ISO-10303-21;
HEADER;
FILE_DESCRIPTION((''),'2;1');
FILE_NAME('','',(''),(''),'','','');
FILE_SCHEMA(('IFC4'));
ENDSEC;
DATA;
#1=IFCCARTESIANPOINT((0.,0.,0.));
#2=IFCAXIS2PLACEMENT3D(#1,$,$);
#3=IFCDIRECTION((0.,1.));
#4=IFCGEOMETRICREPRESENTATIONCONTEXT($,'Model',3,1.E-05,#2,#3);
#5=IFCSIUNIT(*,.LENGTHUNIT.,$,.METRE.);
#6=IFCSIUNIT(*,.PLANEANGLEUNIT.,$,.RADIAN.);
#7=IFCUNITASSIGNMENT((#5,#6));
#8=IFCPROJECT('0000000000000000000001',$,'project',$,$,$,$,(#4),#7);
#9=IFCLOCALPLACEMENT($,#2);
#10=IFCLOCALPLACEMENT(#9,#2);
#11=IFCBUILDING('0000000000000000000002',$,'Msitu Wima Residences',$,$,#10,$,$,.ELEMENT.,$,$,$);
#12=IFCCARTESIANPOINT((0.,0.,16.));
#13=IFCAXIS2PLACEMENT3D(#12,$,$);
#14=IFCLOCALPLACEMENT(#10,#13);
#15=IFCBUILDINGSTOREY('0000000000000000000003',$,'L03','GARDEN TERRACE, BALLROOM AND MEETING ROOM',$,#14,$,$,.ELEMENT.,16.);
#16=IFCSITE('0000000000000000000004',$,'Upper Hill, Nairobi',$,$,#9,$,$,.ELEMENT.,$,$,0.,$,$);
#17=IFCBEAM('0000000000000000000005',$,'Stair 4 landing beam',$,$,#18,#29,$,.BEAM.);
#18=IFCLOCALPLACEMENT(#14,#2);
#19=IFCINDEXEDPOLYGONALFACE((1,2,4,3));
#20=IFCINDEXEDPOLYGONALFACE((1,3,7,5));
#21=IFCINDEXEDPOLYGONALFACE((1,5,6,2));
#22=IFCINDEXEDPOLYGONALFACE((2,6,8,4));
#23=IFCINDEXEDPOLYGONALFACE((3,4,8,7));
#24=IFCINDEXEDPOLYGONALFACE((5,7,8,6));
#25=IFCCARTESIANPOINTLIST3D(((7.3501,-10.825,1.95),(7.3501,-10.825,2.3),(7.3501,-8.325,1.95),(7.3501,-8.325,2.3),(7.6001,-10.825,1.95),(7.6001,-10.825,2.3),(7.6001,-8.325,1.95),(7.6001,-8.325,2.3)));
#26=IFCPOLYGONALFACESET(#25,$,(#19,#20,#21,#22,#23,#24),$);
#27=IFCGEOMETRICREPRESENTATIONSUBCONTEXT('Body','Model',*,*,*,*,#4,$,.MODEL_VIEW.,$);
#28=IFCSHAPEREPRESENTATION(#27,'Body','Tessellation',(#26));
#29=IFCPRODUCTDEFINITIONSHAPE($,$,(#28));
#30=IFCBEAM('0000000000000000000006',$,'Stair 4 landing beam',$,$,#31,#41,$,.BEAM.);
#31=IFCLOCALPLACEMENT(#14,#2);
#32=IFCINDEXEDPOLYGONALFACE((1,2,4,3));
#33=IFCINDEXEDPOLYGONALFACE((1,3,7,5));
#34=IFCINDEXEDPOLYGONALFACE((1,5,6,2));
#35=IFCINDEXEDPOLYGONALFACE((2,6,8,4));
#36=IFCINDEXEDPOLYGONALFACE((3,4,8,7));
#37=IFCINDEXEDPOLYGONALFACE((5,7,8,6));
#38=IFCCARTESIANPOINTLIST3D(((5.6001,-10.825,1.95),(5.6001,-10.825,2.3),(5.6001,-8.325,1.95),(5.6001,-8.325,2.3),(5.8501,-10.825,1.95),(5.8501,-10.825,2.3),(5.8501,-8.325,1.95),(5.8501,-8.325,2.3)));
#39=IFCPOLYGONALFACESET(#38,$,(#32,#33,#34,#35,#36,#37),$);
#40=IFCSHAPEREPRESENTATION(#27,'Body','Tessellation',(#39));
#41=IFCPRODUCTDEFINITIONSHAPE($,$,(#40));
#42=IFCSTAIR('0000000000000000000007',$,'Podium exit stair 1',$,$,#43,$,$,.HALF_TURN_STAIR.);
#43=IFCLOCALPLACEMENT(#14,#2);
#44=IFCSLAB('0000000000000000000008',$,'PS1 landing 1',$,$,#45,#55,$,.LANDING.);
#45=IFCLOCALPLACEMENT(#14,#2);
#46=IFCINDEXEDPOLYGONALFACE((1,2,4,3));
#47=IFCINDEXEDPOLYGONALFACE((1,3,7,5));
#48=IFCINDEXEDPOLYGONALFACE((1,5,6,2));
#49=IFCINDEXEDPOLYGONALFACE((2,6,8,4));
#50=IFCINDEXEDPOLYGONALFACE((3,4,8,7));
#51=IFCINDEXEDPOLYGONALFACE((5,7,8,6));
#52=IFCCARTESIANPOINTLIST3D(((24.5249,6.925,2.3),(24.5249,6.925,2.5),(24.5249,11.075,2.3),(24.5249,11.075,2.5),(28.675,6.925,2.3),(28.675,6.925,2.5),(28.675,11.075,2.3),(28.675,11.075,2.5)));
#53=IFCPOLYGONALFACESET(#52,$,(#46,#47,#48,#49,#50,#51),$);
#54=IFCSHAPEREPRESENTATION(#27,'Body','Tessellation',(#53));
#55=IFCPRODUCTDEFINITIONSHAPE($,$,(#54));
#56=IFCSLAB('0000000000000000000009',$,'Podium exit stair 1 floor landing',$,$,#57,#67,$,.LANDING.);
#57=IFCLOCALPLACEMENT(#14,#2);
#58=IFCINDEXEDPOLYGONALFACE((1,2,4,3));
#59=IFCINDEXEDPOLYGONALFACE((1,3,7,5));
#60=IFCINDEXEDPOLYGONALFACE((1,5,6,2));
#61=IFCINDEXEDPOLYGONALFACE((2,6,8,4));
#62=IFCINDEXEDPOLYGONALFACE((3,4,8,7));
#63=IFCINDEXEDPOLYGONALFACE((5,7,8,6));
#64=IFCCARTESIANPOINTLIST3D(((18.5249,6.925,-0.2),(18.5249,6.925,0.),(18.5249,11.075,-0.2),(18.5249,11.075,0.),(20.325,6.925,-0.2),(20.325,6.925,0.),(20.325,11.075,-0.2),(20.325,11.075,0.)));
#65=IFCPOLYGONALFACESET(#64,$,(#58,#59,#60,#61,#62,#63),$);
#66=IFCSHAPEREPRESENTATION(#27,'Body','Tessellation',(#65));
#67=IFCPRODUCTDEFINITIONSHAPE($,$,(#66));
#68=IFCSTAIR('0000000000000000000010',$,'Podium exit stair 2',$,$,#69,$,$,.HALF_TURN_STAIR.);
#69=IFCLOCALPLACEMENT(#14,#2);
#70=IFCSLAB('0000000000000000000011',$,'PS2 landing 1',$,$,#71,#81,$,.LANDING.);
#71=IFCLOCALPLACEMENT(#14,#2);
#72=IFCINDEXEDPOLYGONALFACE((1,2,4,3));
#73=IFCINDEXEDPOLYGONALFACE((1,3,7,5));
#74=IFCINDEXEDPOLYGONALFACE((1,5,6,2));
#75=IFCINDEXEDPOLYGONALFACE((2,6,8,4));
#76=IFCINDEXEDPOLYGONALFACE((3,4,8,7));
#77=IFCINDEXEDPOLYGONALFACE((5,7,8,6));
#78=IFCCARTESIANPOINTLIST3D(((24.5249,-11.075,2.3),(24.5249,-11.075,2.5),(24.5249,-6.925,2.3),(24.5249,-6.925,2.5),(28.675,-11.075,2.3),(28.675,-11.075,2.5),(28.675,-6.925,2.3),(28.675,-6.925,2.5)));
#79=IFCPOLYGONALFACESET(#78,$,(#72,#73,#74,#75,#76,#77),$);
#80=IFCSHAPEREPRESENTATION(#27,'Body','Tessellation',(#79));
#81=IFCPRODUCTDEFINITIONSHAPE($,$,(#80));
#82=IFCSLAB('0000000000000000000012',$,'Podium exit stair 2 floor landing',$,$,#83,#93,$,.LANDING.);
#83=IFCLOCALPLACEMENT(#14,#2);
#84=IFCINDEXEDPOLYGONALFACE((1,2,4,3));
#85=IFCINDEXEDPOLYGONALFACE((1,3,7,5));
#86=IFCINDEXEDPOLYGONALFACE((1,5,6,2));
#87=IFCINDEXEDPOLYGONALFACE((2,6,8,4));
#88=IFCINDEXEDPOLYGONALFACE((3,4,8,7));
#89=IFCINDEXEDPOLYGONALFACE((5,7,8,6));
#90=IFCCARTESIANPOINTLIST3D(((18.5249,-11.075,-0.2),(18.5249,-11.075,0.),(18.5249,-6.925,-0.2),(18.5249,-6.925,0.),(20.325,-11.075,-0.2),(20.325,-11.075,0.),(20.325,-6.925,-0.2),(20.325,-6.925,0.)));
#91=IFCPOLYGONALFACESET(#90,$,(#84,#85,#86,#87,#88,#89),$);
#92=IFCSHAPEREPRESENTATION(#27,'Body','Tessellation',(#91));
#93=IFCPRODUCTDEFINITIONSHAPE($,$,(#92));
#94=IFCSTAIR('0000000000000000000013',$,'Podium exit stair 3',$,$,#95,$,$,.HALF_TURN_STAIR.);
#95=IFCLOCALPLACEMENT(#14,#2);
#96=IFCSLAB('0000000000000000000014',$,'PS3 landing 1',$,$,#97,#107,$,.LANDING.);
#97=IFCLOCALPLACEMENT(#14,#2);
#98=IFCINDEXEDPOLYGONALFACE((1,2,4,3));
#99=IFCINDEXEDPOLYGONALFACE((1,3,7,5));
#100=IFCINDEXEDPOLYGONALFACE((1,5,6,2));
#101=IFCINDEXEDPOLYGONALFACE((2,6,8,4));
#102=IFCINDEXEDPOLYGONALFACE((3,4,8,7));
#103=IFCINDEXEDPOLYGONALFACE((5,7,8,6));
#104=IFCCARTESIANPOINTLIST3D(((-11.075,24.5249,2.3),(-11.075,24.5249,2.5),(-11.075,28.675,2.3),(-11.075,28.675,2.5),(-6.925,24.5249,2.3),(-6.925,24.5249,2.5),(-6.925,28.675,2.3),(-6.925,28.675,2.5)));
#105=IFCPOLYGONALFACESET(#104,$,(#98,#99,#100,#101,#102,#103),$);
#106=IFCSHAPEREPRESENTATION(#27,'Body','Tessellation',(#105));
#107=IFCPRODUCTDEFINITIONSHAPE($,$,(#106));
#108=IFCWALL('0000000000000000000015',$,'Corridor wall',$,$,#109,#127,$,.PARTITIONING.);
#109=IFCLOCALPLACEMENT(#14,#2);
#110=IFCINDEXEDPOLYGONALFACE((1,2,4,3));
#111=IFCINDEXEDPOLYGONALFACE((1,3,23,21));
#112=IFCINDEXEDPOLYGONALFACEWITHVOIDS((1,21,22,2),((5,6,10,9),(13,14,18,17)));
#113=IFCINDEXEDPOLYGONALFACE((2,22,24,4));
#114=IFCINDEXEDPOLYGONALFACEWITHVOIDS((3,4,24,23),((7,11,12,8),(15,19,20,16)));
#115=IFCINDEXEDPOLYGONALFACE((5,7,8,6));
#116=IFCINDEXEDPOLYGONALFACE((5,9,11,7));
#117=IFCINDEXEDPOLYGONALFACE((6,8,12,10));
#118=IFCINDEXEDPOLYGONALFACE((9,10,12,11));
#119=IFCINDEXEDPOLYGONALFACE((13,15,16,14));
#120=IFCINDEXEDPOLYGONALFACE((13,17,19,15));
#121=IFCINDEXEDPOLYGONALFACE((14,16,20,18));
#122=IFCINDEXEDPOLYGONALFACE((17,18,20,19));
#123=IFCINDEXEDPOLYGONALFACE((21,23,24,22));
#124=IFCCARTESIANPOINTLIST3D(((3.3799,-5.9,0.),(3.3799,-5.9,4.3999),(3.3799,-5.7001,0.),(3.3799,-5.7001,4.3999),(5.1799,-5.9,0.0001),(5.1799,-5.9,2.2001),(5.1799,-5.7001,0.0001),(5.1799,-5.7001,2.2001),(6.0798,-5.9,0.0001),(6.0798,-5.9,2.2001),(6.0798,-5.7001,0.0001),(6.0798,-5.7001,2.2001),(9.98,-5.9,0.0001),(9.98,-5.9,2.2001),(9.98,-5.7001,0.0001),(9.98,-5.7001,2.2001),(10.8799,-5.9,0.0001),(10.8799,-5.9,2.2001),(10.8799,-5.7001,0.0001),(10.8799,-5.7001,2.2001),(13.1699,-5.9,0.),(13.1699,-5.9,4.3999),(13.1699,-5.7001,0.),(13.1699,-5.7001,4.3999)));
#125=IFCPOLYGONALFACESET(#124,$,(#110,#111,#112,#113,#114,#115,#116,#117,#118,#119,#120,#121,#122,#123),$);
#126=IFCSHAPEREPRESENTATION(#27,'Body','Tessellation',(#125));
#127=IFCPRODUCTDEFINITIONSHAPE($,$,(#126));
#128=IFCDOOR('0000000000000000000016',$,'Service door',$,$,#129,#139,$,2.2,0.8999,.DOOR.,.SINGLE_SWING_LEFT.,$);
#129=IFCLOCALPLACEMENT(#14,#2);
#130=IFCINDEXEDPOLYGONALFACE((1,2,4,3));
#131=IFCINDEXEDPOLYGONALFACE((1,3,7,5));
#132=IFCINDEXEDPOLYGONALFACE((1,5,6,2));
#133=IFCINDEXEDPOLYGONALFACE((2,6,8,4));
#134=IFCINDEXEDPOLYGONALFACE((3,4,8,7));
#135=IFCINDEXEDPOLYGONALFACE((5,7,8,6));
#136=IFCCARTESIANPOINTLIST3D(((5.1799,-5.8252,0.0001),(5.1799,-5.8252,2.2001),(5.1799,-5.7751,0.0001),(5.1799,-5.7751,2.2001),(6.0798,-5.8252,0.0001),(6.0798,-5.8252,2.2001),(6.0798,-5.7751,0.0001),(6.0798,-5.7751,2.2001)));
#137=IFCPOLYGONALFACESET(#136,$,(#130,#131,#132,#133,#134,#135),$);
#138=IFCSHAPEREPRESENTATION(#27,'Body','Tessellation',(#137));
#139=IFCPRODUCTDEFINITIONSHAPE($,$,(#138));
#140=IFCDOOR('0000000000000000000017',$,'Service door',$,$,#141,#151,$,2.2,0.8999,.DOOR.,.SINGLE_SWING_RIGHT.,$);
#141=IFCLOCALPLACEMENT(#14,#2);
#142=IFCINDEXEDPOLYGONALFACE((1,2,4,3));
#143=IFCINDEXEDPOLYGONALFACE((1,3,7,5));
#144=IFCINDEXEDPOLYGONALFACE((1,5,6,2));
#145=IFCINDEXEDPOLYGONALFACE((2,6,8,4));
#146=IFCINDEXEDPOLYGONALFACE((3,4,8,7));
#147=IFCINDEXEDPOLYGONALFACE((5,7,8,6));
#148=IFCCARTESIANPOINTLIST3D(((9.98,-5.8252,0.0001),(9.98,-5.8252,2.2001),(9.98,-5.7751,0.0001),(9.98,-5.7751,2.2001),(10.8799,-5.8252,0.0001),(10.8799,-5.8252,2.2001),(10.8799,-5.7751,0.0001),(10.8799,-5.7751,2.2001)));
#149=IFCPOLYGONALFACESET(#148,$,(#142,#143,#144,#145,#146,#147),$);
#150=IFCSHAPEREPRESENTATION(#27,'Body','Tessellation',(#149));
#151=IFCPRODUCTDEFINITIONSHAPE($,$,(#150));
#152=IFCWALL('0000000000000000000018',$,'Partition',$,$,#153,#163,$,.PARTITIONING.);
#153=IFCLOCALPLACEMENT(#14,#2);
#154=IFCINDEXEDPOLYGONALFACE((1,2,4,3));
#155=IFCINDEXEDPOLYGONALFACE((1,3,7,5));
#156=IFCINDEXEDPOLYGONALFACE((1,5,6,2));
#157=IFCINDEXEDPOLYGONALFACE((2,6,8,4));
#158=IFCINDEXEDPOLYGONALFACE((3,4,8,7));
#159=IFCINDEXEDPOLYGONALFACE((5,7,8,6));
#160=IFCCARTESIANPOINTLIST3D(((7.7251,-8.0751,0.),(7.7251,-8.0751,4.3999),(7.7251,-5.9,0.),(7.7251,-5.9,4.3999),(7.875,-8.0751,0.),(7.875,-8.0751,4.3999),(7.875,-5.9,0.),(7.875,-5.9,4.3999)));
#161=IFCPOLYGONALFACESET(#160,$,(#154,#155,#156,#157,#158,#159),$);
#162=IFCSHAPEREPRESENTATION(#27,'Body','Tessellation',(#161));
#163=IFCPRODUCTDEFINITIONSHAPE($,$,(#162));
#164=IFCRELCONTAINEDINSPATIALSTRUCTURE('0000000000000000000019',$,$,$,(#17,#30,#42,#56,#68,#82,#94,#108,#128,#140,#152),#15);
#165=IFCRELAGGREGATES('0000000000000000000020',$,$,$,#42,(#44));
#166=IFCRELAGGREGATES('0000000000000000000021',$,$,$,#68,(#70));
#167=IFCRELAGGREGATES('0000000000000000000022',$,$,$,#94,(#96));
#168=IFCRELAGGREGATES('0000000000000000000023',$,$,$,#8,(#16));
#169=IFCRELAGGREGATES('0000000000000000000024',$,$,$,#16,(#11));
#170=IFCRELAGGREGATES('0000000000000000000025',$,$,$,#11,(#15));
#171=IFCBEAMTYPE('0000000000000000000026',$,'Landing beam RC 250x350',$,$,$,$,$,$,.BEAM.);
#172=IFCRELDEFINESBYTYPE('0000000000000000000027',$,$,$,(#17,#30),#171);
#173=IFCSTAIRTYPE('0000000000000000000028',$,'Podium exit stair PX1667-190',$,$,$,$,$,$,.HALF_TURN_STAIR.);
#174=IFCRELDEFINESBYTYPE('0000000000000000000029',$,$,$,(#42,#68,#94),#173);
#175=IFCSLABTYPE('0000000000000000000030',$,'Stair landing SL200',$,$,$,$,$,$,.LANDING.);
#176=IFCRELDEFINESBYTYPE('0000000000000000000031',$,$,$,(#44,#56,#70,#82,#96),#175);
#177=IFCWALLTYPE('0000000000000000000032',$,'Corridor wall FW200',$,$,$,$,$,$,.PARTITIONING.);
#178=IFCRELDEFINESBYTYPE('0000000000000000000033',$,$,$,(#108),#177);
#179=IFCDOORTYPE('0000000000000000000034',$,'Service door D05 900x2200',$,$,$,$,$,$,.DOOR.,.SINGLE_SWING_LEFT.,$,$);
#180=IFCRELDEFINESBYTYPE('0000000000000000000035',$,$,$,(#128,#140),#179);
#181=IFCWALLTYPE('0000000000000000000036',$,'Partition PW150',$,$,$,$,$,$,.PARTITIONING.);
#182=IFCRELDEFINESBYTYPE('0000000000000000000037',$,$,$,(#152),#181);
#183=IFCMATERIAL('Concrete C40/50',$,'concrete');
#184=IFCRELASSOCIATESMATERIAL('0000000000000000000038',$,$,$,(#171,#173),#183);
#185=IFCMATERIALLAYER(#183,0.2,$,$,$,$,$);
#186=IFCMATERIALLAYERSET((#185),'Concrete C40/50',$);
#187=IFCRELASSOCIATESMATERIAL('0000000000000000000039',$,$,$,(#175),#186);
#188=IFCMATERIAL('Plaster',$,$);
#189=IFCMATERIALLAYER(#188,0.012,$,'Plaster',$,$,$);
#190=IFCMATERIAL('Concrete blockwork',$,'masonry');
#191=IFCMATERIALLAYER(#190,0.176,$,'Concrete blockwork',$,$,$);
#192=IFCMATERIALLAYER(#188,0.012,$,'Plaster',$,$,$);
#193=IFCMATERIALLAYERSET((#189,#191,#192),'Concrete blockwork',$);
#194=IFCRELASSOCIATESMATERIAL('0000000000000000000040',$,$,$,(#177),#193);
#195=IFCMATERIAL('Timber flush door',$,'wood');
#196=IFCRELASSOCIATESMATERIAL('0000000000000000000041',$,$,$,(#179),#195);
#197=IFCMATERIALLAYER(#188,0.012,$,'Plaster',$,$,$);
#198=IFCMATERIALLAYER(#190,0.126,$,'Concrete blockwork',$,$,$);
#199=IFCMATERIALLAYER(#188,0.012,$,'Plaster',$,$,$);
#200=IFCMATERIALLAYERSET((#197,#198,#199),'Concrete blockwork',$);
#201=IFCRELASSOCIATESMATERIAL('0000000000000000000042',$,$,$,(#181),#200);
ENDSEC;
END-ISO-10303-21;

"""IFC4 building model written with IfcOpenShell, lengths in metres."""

from ifc_helpers import new_model, si_unit, direction, frame, frame_2d, origin, origin_2d, place, context, subcontext, project, spatial, polyline, rectangle, outline, extrude, material, layer, layer_set, material_profile, profile_set, type_object, element, fill, aggregate, save


model = new_model("IFC4")

# Units and contexts
model_context = context("Model", 3, precision=1e-05, world=origin(), true_north=direction((0.0, 1.0)))
body_context = subcontext(model_context, "Body", "Model", "MODEL_VIEW")
ifc_project = project(units=[si_unit("LENGTHUNIT", "METRE"), si_unit("PLANEANGLEUNIT", "RADIAN")], contexts=[model_context])

# Site, building, storey
site_placement = place(None, origin())
site = spatial("IfcSite", under=ifc_project, at=site_placement, Name="Upper Hill, Nairobi", CompositionType="ELEMENT", RefElevation=0.0)
building_placement = place(site_placement, origin())
building = spatial("IfcBuilding", under=site, at=building_placement, Name="Msitu Wima Residences", CompositionType="ELEMENT")
storey_placement = place(building_placement, frame((0.0, 0.0, 16.0)))
storey = spatial("IfcBuildingStorey", under=building, at=storey_placement, Name="L03", Description="GARDEN TERRACE, BALLROOM AND MEETING ROOM", CompositionType="ELEMENT", Elevation=16.0)

# Beams
ifc_material_1 = material(Name="Concrete C40/50", Category="concrete")
ifc_material_profile = material_profile(ifc_material_1, rectangle(XDim=0.25, YDim=0.3501, at=origin_2d()), Name="RC 250x350")
ifc_profile_set = profile_set([ifc_material_profile], Name="Concrete C40/50")
beam_type = type_object("IfcBeamType", Name="Landing beam RC 250x350", PredefinedType="BEAM", material=ifc_profile_set)
for number, where, z_axis, x_axis, name in (
    (1, (7.4751, -10.825, 2.125), (0.0, 1.0, 0.0), (-1.0, 0.0, 0.0), "Stair 4 landing beam"),
    (2, (5.7251, -10.825, 2.125), (0.0, 1.0, 0.0), (-1.0, 0.0, 0.0), "Stair 4 landing beam"),
):
    element("IfcBeam", number, at=place(storey_placement, frame(where, z_axis=z_axis, x_axis=x_axis)), inside=storey, type_object=beam_type, Name=name, PredefinedType="BEAM", context=body_context, shape_type="SweptSolid", body=[
        extrude(rectangle(XDim=0.25, YDim=0.3501, at=origin_2d()), origin(), (0.0, 0.0, 1.0), 2.5),
    ])

# Stair, slab
stair_type_1 = type_object("IfcStairType", Name="Podium exit stair PX1667-190", PredefinedType="HALF_TURN_STAIR", material=ifc_material_1)
stair_1_placement = place(storey_placement, origin())
stair_1 = element("IfcStair", 3, at=stair_1_placement, inside=storey, type_object=stair_type_1, Name="Podium exit stair 1", PredefinedType="HALF_TURN_STAIR")
ifc_layer_1 = layer(ifc_material_1, 0.2)
ifc_layer_set_1 = layer_set([ifc_layer_1], Name="Concrete C40/50")
slab_type = type_object("IfcSlabType", Name="Stair landing SL200", PredefinedType="LANDING", material=ifc_layer_set_1)
slab_1_placement = place(storey_placement, frame((0.0, 0.0, 2.3)))
slab_1 = element("IfcSlab", 4, at=slab_1_placement, type_object=slab_type, Name="PS1 landing 1", PredefinedType="LANDING", context=body_context, shape_type="SweptSolid", body=[
    extrude(outline(polyline([(24.5249, 6.925), (28.675, 6.925), (28.675, 11.075), (24.5249, 11.075), (24.5249, 6.925)])), origin(), (0.0, 0.0, 1.0), 0.2),
])
aggregate(stair_1, [slab_1])

# Slab
slab_2_placement = place(storey_placement, frame((0.0, 0.0, -0.2)))
element("IfcSlab", 5, at=slab_2_placement, inside=storey, type_object=slab_type, Name="Podium exit stair 1 floor landing", PredefinedType="LANDING", context=body_context, shape_type="SweptSolid", body=[
    extrude(outline(polyline([(18.5249, 6.925), (20.325, 6.925), (20.325, 11.075), (18.5249, 11.075), (18.5249, 6.925)])), origin(), (0.0, 0.0, 1.0), 0.2),
])

# Stair, slab
stair_2_placement = place(storey_placement, origin())
stair_2 = element("IfcStair", 6, at=stair_2_placement, inside=storey, type_object=stair_type_1, Name="Podium exit stair 2", PredefinedType="HALF_TURN_STAIR")
slab_3_placement = place(storey_placement, frame((0.0, 0.0, 2.3)))
slab_3 = element("IfcSlab", 7, at=slab_3_placement, type_object=slab_type, Name="PS2 landing 1", PredefinedType="LANDING", context=body_context, shape_type="SweptSolid", body=[
    extrude(outline(polyline([(24.5249, -6.925), (28.675, -6.925), (28.675, -11.075), (24.5249, -11.075), (24.5249, -6.925)])), origin(), (0.0, 0.0, 1.0), 0.2),
])
aggregate(stair_2, [slab_3])

# Slab
slab_4_placement = place(storey_placement, frame((0.0, 0.0, -0.2)))
element("IfcSlab", 8, at=slab_4_placement, inside=storey, type_object=slab_type, Name="Podium exit stair 2 floor landing", PredefinedType="LANDING", context=body_context, shape_type="SweptSolid", body=[
    extrude(outline(polyline([(18.5249, -6.925), (20.325, -6.925), (20.325, -11.075), (18.5249, -11.075), (18.5249, -6.925)])), origin(), (0.0, 0.0, 1.0), 0.2),
])

# Stair, slab
stair_3_placement = place(storey_placement, origin())
stair_3 = element("IfcStair", 9, at=stair_3_placement, inside=storey, type_object=stair_type_1, Name="Podium exit stair 3", PredefinedType="HALF_TURN_STAIR")
slab_5_placement = place(storey_placement, frame((0.0, 0.0, 2.3)))
slab_5 = element("IfcSlab", 10, at=slab_5_placement, type_object=slab_type, Name="PS3 landing 1", PredefinedType="LANDING", context=body_context, shape_type="SweptSolid", body=[
    extrude(outline(polyline([(-6.925, 24.5249), (-6.925, 28.675), (-11.075, 28.675), (-11.075, 24.5249), (-6.925, 24.5249)])), origin(), (0.0, 0.0, 1.0), 0.2),
])
aggregate(stair_3, [slab_5])

# Wall, openings, doors
ifc_material_2 = material(Name="Plaster")
ifc_layer_2 = layer(ifc_material_2, 0.012, Name="Plaster")
ifc_material_3 = material(Name="Concrete blockwork", Category="masonry")
ifc_layer_3 = layer(ifc_material_3, 0.176, Name="Concrete blockwork")
ifc_layer_4 = layer(ifc_material_2, 0.012, Name="Plaster")
ifc_layer_set_2 = layer_set([ifc_layer_2, ifc_layer_3, ifc_layer_4], Name="Concrete blockwork")
wall_type_1 = type_object("IfcWallType", Name="Corridor wall FW200", PredefinedType="PARTITIONING", material=ifc_layer_set_2)
wall_1_placement = place(storey_placement, frame((3.3799, -5.8, 0.0), z_axis=(0.0, 0.0, 1.0), x_axis=(1.0, 0.0, 0.0)))
wall_1 = element("IfcWall", 11, at=wall_1_placement, inside=storey, type_object=wall_type_1, Name="Corridor wall", PredefinedType="PARTITIONING", context=body_context, shape_type="SweptSolid", body=[
    extrude(rectangle(XDim=9.79, YDim=0.2, at=frame_2d((4.895, 0.0))), origin(), (0.0, 0.0, 1.0), 4.3999),
])
opening_1_placement = place(wall_1_placement, frame((1.8, 0.0, 0.0)))
opening_1 = element("IfcOpeningElement", 12, at=opening_1_placement, cuts=wall_1, PredefinedType="OPENING", context=body_context, shape_type="SweptSolid", body=[
    extrude(rectangle(XDim=0.8999, YDim=2.2, at=frame_2d((0.45, 1.1001))), frame((0.0, 0.1099, 0.0), z_axis=(0.0, -1.0, 0.0), x_axis=(1.0, 0.0, 0.0)), (0.0, 0.0, 1.0), 0.22),
])
opening_2_placement = place(wall_1_placement, frame((6.6001, 0.0, 0.0)))
opening_2 = element("IfcOpeningElement", 13, at=opening_2_placement, cuts=wall_1, PredefinedType="OPENING", context=body_context, shape_type="SweptSolid", body=[
    extrude(rectangle(XDim=0.8999, YDim=2.2, at=frame_2d((0.45, 1.1001))), frame((0.0, 0.1099, 0.0), z_axis=(0.0, -1.0, 0.0), x_axis=(1.0, 0.0, 0.0)), (0.0, 0.0, 1.0), 0.22),
])
ifc_material_4 = material(Name="Timber flush door", Category="wood")
door_type_1 = type_object("IfcDoorType", Name="Service door D05 900x2200", OperationType="SINGLE_SWING_LEFT", PredefinedType="DOOR", material=ifc_material_4)
door_1_placement = place(opening_1_placement, origin())
door_1 = element("IfcDoor", 14, at=door_1_placement, inside=storey, type_object=door_type_1, Name="Service door", OperationType="SINGLE_SWING_LEFT", OverallHeight=2.2, OverallWidth=0.8999, PredefinedType="DOOR", context=body_context, shape_type="SweptSolid", body=[
    extrude(rectangle(XDim=0.8999, YDim=2.2, at=frame_2d((0.45, 1.1001))), frame((0.0, 0.0249, 0.0), z_axis=(0.0, -1.0, 0.0), x_axis=(1.0, 0.0, 0.0)), (0.0, 0.0, 1.0), 0.05),
])
fill(opening_1, door_1)
door_2_placement = place(opening_2_placement, origin())
door_2 = element("IfcDoor", 15, at=door_2_placement, inside=storey, type_object=door_type_1, Name="Service door", OperationType="SINGLE_SWING_RIGHT", OverallHeight=2.2, OverallWidth=0.8999, PredefinedType="DOOR", context=body_context, shape_type="SweptSolid", body=[
    extrude(rectangle(XDim=0.8999, YDim=2.2, at=frame_2d((0.45, 1.1001))), frame((0.0, 0.0249, 0.0), z_axis=(0.0, -1.0, 0.0), x_axis=(1.0, 0.0, 0.0)), (0.0, 0.0, 1.0), 0.05),
])
fill(opening_2, door_2)

# Wall
ifc_layer_5 = layer(ifc_material_2, 0.012, Name="Plaster")
ifc_layer_6 = layer(ifc_material_3, 0.126, Name="Concrete blockwork")
ifc_layer_7 = layer(ifc_material_2, 0.012, Name="Plaster")
ifc_layer_set_3 = layer_set([ifc_layer_5, ifc_layer_6, ifc_layer_7], Name="Concrete blockwork")
wall_type_2 = type_object("IfcWallType", Name="Partition PW150", PredefinedType="PARTITIONING", material=ifc_layer_set_3)
wall_2_placement = place(storey_placement, frame((7.8, -8.075, 0.0), z_axis=(0.0, 0.0, 1.0), x_axis=(0.0, 1.0, 0.0)))
element("IfcWall", 16, at=wall_2_placement, inside=storey, type_object=wall_type_2, Name="Partition", PredefinedType="PARTITIONING", context=body_context, shape_type="SweptSolid", body=[
    extrude(rectangle(XDim=2.175, YDim=0.1499, at=frame_2d((1.0874, 0.0))), origin(), (0.0, 0.0, 1.0), 4.3999),
])

save(model, "model.ifc")
